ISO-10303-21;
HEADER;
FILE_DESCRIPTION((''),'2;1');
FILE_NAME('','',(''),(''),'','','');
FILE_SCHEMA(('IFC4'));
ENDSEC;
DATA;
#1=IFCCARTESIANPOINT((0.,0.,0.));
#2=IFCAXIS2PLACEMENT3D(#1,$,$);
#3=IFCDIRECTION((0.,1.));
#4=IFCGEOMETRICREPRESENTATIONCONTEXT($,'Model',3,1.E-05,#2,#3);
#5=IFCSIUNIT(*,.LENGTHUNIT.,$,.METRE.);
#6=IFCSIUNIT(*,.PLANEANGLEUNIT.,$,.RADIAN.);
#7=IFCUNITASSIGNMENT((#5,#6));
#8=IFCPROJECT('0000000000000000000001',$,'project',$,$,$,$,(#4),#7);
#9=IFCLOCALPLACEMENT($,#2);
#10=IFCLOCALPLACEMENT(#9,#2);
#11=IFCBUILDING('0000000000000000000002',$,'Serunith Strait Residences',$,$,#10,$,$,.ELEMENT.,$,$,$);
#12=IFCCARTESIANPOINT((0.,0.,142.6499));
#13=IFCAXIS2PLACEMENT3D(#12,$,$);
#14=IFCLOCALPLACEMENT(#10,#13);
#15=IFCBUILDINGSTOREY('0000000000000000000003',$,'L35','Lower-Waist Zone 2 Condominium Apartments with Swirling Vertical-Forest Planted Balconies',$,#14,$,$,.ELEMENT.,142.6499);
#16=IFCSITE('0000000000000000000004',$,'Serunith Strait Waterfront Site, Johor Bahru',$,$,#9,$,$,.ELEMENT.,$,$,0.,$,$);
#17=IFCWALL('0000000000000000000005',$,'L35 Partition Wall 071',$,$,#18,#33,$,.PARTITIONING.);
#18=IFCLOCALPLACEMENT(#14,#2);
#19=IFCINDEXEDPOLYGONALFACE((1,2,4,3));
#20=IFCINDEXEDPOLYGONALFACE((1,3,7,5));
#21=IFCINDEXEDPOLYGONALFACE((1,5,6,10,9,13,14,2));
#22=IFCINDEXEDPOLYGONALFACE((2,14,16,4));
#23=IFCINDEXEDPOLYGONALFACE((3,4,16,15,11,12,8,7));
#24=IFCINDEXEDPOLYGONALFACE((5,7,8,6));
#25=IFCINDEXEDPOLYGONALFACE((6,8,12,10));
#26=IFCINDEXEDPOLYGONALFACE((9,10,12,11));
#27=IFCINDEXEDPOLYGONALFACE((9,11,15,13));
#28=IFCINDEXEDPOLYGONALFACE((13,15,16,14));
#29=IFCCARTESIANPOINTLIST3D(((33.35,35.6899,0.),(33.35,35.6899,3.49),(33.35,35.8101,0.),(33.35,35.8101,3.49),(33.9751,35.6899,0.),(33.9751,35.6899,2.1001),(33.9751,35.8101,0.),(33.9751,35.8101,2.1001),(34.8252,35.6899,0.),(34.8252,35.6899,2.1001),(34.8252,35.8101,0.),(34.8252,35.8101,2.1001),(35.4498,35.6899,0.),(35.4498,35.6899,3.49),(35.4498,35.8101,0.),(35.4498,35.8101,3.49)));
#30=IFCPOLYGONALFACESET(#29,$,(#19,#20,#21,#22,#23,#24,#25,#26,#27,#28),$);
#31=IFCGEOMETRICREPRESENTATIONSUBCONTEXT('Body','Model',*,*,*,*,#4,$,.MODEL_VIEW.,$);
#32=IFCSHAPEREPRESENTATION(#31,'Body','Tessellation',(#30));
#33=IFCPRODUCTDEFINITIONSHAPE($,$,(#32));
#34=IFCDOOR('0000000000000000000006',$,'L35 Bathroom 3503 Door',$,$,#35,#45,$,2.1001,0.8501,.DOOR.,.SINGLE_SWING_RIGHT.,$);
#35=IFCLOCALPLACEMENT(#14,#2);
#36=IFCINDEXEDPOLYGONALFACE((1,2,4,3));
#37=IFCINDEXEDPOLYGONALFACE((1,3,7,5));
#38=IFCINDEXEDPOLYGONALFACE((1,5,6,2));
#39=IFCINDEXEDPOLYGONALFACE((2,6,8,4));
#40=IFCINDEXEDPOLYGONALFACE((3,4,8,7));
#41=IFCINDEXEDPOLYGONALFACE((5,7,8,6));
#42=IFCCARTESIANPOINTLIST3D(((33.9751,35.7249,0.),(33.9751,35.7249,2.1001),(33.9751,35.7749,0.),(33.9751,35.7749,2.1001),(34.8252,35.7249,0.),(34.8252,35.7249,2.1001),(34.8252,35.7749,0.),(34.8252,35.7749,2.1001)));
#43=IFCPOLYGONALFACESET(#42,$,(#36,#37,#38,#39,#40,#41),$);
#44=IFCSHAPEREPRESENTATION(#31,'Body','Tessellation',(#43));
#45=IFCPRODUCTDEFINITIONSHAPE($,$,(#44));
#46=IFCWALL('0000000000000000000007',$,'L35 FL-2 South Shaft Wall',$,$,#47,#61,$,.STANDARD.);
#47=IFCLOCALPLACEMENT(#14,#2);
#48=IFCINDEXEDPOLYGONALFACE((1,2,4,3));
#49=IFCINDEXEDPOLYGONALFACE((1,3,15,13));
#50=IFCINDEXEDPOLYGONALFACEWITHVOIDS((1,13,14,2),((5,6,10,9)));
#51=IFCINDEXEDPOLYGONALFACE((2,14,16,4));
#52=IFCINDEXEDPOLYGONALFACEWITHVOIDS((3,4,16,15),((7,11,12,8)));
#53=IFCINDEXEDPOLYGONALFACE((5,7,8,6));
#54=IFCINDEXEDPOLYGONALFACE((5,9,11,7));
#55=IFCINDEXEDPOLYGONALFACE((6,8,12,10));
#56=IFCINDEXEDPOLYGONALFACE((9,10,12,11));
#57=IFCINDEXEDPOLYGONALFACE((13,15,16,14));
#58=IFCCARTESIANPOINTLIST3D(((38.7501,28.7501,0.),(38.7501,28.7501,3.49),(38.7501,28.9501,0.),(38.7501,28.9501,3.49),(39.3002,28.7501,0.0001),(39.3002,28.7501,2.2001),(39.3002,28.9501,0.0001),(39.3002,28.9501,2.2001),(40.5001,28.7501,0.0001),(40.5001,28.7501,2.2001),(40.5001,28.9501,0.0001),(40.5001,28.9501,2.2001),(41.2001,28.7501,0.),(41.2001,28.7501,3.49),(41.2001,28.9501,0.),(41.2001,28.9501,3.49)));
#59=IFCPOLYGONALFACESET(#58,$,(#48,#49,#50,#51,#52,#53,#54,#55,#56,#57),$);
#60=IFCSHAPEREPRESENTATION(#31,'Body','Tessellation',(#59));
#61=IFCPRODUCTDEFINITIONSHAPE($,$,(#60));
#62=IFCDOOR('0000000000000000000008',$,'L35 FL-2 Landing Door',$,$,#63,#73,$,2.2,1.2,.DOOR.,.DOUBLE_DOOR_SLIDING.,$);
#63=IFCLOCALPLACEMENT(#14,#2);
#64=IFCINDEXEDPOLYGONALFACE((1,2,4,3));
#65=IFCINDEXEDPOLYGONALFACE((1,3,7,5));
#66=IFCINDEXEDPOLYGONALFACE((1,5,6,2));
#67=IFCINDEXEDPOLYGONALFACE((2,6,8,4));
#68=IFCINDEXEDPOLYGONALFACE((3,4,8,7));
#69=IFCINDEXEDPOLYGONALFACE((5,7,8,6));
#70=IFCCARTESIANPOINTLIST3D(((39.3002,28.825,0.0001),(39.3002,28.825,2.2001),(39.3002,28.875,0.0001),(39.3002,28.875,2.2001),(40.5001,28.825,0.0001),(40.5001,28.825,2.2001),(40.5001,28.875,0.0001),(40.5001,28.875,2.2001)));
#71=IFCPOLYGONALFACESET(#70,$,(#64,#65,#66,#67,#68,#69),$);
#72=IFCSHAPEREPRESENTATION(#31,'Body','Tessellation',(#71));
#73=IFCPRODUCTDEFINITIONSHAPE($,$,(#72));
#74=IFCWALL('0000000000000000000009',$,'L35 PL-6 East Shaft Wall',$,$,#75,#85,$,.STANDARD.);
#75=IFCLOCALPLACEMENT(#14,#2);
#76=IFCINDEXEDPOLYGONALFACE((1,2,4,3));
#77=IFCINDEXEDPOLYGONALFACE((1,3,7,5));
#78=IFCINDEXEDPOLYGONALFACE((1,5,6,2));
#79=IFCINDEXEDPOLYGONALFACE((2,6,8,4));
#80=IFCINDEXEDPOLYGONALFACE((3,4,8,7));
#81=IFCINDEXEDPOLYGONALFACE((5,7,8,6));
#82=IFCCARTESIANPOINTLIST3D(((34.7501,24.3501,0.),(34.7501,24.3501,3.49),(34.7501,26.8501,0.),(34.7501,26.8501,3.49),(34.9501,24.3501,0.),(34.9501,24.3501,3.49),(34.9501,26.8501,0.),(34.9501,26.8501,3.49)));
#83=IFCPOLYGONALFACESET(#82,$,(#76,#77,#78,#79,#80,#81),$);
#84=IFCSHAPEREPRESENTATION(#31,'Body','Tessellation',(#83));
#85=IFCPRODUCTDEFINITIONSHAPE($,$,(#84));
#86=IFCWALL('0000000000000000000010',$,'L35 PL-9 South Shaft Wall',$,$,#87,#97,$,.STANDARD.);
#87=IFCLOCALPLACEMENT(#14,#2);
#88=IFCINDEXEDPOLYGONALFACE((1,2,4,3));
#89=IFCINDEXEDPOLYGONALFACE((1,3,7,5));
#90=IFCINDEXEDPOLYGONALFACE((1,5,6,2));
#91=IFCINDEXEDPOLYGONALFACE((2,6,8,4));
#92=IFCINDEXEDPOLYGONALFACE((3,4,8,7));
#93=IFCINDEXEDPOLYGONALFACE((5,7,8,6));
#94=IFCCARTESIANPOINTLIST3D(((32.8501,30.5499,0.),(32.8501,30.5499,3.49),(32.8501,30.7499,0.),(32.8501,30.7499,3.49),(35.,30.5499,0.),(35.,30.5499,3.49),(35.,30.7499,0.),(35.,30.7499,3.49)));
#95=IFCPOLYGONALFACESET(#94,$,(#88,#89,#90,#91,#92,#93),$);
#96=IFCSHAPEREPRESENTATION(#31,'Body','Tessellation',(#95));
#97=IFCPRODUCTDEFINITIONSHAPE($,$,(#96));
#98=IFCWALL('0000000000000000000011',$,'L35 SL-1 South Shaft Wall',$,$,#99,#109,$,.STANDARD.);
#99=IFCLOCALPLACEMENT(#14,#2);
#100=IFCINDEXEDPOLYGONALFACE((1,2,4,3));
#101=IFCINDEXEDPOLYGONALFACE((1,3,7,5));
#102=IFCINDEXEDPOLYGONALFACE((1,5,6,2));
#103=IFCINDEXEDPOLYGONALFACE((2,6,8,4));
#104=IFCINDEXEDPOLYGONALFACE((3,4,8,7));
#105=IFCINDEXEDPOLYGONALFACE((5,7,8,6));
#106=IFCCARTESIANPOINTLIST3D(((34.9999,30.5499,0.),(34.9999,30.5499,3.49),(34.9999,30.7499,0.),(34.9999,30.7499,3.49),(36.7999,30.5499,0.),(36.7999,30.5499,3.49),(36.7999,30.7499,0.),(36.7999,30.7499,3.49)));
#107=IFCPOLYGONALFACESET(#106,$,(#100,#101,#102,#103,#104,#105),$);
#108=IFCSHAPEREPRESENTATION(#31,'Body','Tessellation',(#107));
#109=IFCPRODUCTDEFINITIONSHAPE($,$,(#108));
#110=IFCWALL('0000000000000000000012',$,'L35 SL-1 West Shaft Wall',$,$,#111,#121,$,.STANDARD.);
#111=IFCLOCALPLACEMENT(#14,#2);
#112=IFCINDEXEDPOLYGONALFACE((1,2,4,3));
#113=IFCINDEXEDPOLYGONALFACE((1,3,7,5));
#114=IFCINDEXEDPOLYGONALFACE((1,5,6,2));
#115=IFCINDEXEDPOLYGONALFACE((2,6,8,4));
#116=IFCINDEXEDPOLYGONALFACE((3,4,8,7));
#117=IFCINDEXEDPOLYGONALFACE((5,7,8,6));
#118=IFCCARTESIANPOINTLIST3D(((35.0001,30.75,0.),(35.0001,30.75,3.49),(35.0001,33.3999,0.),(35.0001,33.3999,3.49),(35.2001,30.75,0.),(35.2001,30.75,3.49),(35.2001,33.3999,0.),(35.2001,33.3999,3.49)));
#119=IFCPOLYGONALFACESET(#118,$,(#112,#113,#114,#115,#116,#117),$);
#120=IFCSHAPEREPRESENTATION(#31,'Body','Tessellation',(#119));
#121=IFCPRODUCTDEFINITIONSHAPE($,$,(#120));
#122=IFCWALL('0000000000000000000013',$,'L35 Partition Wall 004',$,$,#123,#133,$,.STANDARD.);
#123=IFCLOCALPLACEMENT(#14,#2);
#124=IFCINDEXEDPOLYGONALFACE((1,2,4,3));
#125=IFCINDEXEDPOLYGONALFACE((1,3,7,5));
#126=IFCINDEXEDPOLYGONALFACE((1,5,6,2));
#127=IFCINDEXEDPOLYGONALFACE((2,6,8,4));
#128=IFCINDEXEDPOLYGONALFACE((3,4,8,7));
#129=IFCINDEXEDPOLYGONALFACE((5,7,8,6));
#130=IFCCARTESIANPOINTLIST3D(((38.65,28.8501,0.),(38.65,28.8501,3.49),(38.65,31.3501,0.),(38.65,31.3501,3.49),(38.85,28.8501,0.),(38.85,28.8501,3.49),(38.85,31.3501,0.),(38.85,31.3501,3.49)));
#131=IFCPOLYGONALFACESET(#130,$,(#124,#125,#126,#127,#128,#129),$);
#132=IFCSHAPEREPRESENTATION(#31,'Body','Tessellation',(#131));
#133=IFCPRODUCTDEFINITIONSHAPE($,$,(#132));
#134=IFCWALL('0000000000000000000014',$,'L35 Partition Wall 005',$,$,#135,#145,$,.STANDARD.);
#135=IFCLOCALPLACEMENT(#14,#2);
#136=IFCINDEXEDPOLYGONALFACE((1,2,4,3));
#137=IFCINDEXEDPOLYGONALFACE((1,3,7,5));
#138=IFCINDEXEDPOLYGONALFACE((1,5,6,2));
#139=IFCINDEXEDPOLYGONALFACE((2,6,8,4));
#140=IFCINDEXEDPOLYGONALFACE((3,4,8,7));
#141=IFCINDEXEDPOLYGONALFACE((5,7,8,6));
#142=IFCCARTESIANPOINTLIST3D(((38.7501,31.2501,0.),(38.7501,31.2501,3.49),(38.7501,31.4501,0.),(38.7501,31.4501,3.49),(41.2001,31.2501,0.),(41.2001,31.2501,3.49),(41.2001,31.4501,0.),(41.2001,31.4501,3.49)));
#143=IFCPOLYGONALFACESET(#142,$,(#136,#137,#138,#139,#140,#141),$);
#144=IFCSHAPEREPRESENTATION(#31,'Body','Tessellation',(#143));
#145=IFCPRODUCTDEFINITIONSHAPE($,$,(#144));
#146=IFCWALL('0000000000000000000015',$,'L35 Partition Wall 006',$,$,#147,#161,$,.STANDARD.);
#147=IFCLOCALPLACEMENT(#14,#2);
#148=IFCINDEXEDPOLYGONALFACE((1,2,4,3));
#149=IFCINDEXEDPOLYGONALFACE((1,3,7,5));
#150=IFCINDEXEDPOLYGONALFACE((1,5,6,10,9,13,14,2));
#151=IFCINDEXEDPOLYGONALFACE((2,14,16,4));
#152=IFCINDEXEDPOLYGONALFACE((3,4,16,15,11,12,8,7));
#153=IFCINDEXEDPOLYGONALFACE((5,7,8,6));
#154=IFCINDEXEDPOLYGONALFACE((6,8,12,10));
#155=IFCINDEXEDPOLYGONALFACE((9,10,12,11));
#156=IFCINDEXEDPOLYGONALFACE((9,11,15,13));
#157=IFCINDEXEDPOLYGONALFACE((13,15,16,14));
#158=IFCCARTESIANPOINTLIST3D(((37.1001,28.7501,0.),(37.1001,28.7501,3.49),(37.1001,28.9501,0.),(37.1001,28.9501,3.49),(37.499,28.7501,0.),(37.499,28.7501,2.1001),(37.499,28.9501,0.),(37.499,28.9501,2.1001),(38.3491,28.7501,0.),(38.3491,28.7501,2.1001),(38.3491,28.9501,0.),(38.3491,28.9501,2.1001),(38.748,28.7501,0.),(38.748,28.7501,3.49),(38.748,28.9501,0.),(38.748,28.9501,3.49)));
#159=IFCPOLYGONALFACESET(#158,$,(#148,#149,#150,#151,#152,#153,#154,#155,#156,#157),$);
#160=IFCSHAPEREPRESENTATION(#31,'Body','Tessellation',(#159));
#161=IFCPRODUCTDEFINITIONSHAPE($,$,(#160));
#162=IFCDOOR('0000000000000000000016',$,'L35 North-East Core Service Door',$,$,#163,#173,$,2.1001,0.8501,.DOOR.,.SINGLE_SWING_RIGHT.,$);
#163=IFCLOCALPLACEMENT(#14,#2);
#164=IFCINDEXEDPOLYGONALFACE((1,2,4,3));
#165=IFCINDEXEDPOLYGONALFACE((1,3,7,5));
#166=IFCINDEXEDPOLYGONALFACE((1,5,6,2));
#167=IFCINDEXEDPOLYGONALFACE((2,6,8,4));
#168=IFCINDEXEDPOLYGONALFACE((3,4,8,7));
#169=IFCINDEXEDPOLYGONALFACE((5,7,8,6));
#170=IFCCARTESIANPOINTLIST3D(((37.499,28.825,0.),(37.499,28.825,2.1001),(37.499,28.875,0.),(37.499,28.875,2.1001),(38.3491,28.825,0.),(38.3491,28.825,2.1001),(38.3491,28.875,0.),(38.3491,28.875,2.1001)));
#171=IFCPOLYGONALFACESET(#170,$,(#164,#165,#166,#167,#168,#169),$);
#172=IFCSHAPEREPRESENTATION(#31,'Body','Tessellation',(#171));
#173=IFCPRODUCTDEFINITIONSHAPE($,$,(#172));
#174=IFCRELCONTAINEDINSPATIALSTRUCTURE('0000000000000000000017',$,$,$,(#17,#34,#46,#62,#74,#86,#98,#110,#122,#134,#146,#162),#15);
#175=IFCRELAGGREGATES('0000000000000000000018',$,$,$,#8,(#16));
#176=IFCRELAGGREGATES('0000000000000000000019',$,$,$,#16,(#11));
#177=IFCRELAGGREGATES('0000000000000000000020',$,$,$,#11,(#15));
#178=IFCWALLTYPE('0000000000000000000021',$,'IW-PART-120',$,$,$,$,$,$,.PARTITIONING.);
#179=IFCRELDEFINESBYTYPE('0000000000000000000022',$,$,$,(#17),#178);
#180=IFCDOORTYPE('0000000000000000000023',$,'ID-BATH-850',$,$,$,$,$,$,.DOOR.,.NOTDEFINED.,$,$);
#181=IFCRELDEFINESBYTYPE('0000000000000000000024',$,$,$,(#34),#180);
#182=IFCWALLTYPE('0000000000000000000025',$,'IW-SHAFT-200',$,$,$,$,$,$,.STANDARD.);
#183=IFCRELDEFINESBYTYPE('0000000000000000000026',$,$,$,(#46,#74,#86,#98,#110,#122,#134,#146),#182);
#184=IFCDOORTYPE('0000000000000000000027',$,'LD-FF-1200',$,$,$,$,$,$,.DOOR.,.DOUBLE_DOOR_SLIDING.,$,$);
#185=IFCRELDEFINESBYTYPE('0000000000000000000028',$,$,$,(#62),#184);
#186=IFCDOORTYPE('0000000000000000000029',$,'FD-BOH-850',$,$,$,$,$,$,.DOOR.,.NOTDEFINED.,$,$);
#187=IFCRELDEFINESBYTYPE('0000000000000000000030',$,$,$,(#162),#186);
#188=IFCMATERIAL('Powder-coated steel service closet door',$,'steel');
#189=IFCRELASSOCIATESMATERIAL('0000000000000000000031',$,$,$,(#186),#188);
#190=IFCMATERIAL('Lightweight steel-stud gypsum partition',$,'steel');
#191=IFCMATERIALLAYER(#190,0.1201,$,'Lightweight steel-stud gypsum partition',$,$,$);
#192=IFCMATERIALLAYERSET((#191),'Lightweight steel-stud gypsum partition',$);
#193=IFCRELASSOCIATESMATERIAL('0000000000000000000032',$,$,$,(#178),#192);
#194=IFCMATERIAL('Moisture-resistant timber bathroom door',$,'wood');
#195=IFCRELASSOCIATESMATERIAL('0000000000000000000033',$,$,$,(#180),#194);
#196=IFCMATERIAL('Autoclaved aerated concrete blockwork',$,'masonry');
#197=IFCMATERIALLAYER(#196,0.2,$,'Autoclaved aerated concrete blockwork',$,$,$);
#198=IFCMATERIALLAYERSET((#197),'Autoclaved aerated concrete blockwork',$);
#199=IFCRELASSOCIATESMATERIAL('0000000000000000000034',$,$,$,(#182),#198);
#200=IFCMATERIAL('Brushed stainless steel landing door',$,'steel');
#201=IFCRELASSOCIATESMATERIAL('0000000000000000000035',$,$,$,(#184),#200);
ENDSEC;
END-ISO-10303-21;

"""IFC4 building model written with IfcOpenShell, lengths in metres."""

from ifc_helpers import new_model, si_unit, direction, frame, frame_2d, origin, place, context, subcontext, project, spatial, rectangle, extrude, source, transform, mapped, material, layer, layer_set, type_object, element, fill, save


model = new_model("IFC4")

# Units and contexts
model_context = context("Model", 3, precision=1e-05, world=origin(), true_north=direction((0.0, 1.0)))
body_context = subcontext(model_context, "Body", "Model", "MODEL_VIEW")
ifc_project = project(units=[si_unit("LENGTHUNIT", "METRE"), si_unit("PLANEANGLEUNIT", "RADIAN")], contexts=[model_context])

# Site, building, storey
site_placement = place(None, origin())
site = spatial("IfcSite", under=ifc_project, at=site_placement, Name="Serunith Strait Waterfront Site, Johor Bahru", CompositionType="ELEMENT", RefElevation=0.0)
building_placement = place(site_placement, origin())
building = spatial("IfcBuilding", under=site, at=building_placement, Name="Serunith Strait Residences", CompositionType="ELEMENT")
storey_placement = place(building_placement, frame((0.0, 0.0, 142.6499)))
storey = spatial("IfcBuildingStorey", under=building, at=storey_placement, Name="L35", Description="Lower-Waist Zone 2 Condominium Apartments with Swirling Vertical-Forest Planted Balconies", CompositionType="ELEMENT", Elevation=142.6499)

# Walls, openings, doors
ifc_material_1 = material(Name="Powder-coated steel service closet door", Category="steel")
door_type_1 = type_object("IfcDoorType", Name="FD-BOH-850", OperationType="NOTDEFINED", PredefinedType="DOOR", material=ifc_material_1)
shared_shape_1 = source(origin(), body_context, "Body", "SweptSolid", [
    extrude(rectangle(XDim=0.8501, YDim=2.1001, at=frame_2d((0.425, 1.05))), frame((0.0, 0.0249, 0.0), z_axis=(0.0, -1.0, 0.0), x_axis=(1.0, 0.0, 0.0)), (0.0, 0.0, 1.0), 0.05),
])
ifc_material_2 = material(Name="Lightweight steel-stud gypsum partition", Category="steel")
ifc_layer_1 = layer(ifc_material_2, 0.1201, Name="Lightweight steel-stud gypsum partition")
ifc_layer_set_1 = layer_set([ifc_layer_1], Name="Lightweight steel-stud gypsum partition")
wall_type_1 = type_object("IfcWallType", Name="IW-PART-120", PredefinedType="PARTITIONING", material=ifc_layer_set_1)
wall_1_placement = place(storey_placement, frame((33.3501, 35.75, 0.0), z_axis=(0.0, 0.0, 1.0), x_axis=(1.0, 0.0, 0.0)))
wall_1 = element("IfcWall", 1, at=wall_1_placement, inside=storey, type_object=wall_type_1, Name="L35 Partition Wall 071", PredefinedType="PARTITIONING", context=body_context, shape_type="SweptSolid", body=[
    extrude(rectangle(XDim=2.0999, YDim=0.1201, at=frame_2d((1.0498, 0.0))), origin(), (0.0, 0.0, 1.0), 3.49),
])
opening_1_placement = place(wall_1_placement, frame((0.625, 0.0, 0.0)))
opening_1 = element("IfcOpeningElement", 2, at=opening_1_placement, cuts=wall_1, PredefinedType="OPENING", context=body_context, shape_type="SweptSolid", body=[
    extrude(rectangle(XDim=0.8501, YDim=2.1001, at=frame_2d((0.425, 1.05))), frame((0.0, 0.0701, 0.0), z_axis=(0.0, -1.0, 0.0), x_axis=(1.0, 0.0, 0.0)), (0.0, 0.0, 1.0), 0.1401),
])
ifc_material_3 = material(Name="Moisture-resistant timber bathroom door", Category="wood")
door_type_2 = type_object("IfcDoorType", Name="ID-BATH-850", OperationType="NOTDEFINED", PredefinedType="DOOR", material=ifc_material_3)
door_1_placement = place(opening_1_placement, origin())
door_1 = element("IfcDoor", 3, at=door_1_placement, inside=storey, type_object=door_type_2, Name="L35 Bathroom 3503 Door", OperationType="SINGLE_SWING_RIGHT", OverallHeight=2.1001, OverallWidth=0.8501, PredefinedType="DOOR", context=body_context, shape_type="MappedRepresentation", body=[
    mapped(shared_shape_1, transform((0.0, 0.0, 0.0), scale=1.0)),
])
fill(opening_1, door_1)
ifc_material_4 = material(Name="Autoclaved aerated concrete blockwork", Category="masonry")
ifc_layer_2 = layer(ifc_material_4, 0.2, Name="Autoclaved aerated concrete blockwork")
ifc_layer_set_2 = layer_set([ifc_layer_2], Name="Autoclaved aerated concrete blockwork")
wall_type_2 = type_object("IfcWallType", Name="IW-SHAFT-200", PredefinedType="STANDARD", material=ifc_layer_set_2)
wall_2_placement = place(storey_placement, frame((38.75, 28.8501, 0.0), z_axis=(0.0, 0.0, 1.0), x_axis=(1.0, 0.0, 0.0)))
wall_2 = element("IfcWall", 4, at=wall_2_placement, inside=storey, type_object=wall_type_2, Name="L35 FL-2 South Shaft Wall", PredefinedType="STANDARD", context=body_context, shape_type="SweptSolid", body=[
    extrude(rectangle(XDim=2.45, YDim=0.2, at=frame_2d((1.2251, 0.0))), origin(), (0.0, 0.0, 1.0), 3.49),
])
opening_2_placement = place(wall_2_placement, frame((0.55, 0.0, 0.0)))
opening_2 = element("IfcOpeningElement", 5, at=opening_2_placement, cuts=wall_2, PredefinedType="OPENING", context=body_context, shape_type="SweptSolid", body=[
    extrude(rectangle(XDim=1.2, YDim=2.2, at=frame_2d((0.6001, 1.1001))), frame((0.0, 0.1099, 0.0), z_axis=(0.0, -1.0, 0.0), x_axis=(1.0, 0.0, 0.0)), (0.0, 0.0, 1.0), 0.22),
])
ifc_material_5 = material(Name="Brushed stainless steel landing door", Category="steel")
door_type_3 = type_object("IfcDoorType", Name="LD-FF-1200", OperationType="DOUBLE_DOOR_SLIDING", PredefinedType="DOOR", material=ifc_material_5)
shared_shape_2 = source(origin(), body_context, "Body", "SweptSolid", [
    extrude(rectangle(XDim=1.2, YDim=2.2, at=frame_2d((0.6001, 1.1001))), frame((0.0, 0.0249, 0.0), z_axis=(0.0, -1.0, 0.0), x_axis=(1.0, 0.0, 0.0)), (0.0, 0.0, 1.0), 0.05),
])
door_2_placement = place(opening_2_placement, origin())
door_2 = element("IfcDoor", 6, at=door_2_placement, inside=storey, type_object=door_type_3, Name="L35 FL-2 Landing Door", OperationType="DOUBLE_DOOR_SLIDING", OverallHeight=2.2, OverallWidth=1.2, PredefinedType="DOOR", context=body_context, shape_type="MappedRepresentation", body=[
    mapped(shared_shape_2, transform((0.0, 0.0, 0.0), scale=1.0)),
])
fill(opening_2, door_2)

# Walls
wall_3_placement = place(storey_placement, frame((34.8501, 24.3501, 0.0), z_axis=(0.0, 0.0, 1.0), x_axis=(0.0, 1.0, 0.0)))
element("IfcWall", 7, at=wall_3_placement, inside=storey, type_object=wall_type_2, Name="L35 PL-6 East Shaft Wall", PredefinedType="STANDARD", context=body_context, shape_type="SweptSolid", body=[
    extrude(rectangle(XDim=2.5, YDim=0.2, at=frame_2d((1.25, 0.0))), origin(), (0.0, 0.0, 1.0), 3.49),
])
wall_4_placement = place(storey_placement, frame((32.8501, 30.6499, 0.0), z_axis=(0.0, 0.0, 1.0), x_axis=(1.0, 0.0, 0.0)))
element("IfcWall", 8, at=wall_4_placement, inside=storey, type_object=wall_type_2, Name="L35 PL-9 South Shaft Wall", PredefinedType="STANDARD", context=body_context, shape_type="SweptSolid", body=[
    extrude(rectangle(XDim=2.1499, YDim=0.2, at=frame_2d((1.075, 0.0))), origin(), (0.0, 0.0, 1.0), 3.49),
])
wall_5_placement = place(storey_placement, frame((35.0, 30.6499, 0.0), z_axis=(0.0, 0.0, 1.0), x_axis=(1.0, 0.0, 0.0)))
element("IfcWall", 9, at=wall_5_placement, inside=storey, type_object=wall_type_2, Name="L35 SL-1 South Shaft Wall", PredefinedType="STANDARD", context=body_context, shape_type="SweptSolid", body=[
    extrude(rectangle(XDim=1.8, YDim=0.2, at=frame_2d((0.8999, 0.0))), origin(), (0.0, 0.0, 1.0), 3.49),
])
wall_6_placement = place(storey_placement, frame((35.1001, 30.75, 0.0), z_axis=(0.0, 0.0, 1.0), x_axis=(0.0, 1.0, 0.0)))
element("IfcWall", 10, at=wall_6_placement, inside=storey, type_object=wall_type_2, Name="L35 SL-1 West Shaft Wall", PredefinedType="STANDARD", context=body_context, shape_type="SweptSolid", body=[
    extrude(rectangle(XDim=2.6499, YDim=0.2, at=frame_2d((1.325, 0.0))), origin(), (0.0, 0.0, 1.0), 3.49),
])
wall_7_placement = place(storey_placement, frame((38.75, 28.8501, 0.0), z_axis=(0.0, 0.0, 1.0), x_axis=(0.0, 1.0, 0.0)))
element("IfcWall", 11, at=wall_7_placement, inside=storey, type_object=wall_type_2, Name="L35 Partition Wall 004", PredefinedType="STANDARD", context=body_context, shape_type="SweptSolid", body=[
    extrude(rectangle(XDim=2.5, YDim=0.2, at=frame_2d((1.25, 0.0))), origin(), (0.0, 0.0, 1.0), 3.49),
])
wall_8_placement = place(storey_placement, frame((38.75, 31.3501, 0.0), z_axis=(0.0, 0.0, 1.0), x_axis=(1.0, 0.0, 0.0)))
element("IfcWall", 12, at=wall_8_placement, inside=storey, type_object=wall_type_2, Name="L35 Partition Wall 005", PredefinedType="STANDARD", context=body_context, shape_type="SweptSolid", body=[
    extrude(rectangle(XDim=2.45, YDim=0.2, at=frame_2d((1.2251, 0.0))), origin(), (0.0, 0.0, 1.0), 3.49),
])

# Wall, opening, door
wall_9_placement = place(storey_placement, frame((37.1001, 28.8501, 0.0), z_axis=(0.0, 0.0, 1.0), x_axis=(1.0, 0.0, 0.0)))
wall_9 = element("IfcWall", 13, at=wall_9_placement, inside=storey, type_object=wall_type_2, Name="L35 Partition Wall 006", PredefinedType="STANDARD", context=body_context, shape_type="SweptSolid", body=[
    extrude(rectangle(XDim=1.6479, YDim=0.2, at=frame_2d((0.824, 0.0))), origin(), (0.0, 0.0, 1.0), 3.49),
])
opening_3_placement = place(wall_9_placement, frame((0.3989, 0.0, 0.0)))
opening_3 = element("IfcOpeningElement", 14, at=opening_3_placement, cuts=wall_9, PredefinedType="OPENING", context=body_context, shape_type="SweptSolid", body=[
    extrude(rectangle(XDim=0.8501, YDim=2.1001, at=frame_2d((0.425, 1.05))), frame((0.0, 0.1099, 0.0), z_axis=(0.0, -1.0, 0.0), x_axis=(1.0, 0.0, 0.0)), (0.0, 0.0, 1.0), 0.22),
])
door_3_placement = place(opening_3_placement, origin())
door_3 = element("IfcDoor", 15, at=door_3_placement, inside=storey, type_object=door_type_1, Name="L35 North-East Core Service Door", OperationType="SINGLE_SWING_RIGHT", OverallHeight=2.1001, OverallWidth=0.8501, PredefinedType="DOOR", context=body_context, shape_type="MappedRepresentation", body=[
    mapped(shared_shape_1, transform((0.0, 0.0, 0.0), scale=1.0)),
])
fill(opening_3, door_3)

save(model, "model.ifc")
